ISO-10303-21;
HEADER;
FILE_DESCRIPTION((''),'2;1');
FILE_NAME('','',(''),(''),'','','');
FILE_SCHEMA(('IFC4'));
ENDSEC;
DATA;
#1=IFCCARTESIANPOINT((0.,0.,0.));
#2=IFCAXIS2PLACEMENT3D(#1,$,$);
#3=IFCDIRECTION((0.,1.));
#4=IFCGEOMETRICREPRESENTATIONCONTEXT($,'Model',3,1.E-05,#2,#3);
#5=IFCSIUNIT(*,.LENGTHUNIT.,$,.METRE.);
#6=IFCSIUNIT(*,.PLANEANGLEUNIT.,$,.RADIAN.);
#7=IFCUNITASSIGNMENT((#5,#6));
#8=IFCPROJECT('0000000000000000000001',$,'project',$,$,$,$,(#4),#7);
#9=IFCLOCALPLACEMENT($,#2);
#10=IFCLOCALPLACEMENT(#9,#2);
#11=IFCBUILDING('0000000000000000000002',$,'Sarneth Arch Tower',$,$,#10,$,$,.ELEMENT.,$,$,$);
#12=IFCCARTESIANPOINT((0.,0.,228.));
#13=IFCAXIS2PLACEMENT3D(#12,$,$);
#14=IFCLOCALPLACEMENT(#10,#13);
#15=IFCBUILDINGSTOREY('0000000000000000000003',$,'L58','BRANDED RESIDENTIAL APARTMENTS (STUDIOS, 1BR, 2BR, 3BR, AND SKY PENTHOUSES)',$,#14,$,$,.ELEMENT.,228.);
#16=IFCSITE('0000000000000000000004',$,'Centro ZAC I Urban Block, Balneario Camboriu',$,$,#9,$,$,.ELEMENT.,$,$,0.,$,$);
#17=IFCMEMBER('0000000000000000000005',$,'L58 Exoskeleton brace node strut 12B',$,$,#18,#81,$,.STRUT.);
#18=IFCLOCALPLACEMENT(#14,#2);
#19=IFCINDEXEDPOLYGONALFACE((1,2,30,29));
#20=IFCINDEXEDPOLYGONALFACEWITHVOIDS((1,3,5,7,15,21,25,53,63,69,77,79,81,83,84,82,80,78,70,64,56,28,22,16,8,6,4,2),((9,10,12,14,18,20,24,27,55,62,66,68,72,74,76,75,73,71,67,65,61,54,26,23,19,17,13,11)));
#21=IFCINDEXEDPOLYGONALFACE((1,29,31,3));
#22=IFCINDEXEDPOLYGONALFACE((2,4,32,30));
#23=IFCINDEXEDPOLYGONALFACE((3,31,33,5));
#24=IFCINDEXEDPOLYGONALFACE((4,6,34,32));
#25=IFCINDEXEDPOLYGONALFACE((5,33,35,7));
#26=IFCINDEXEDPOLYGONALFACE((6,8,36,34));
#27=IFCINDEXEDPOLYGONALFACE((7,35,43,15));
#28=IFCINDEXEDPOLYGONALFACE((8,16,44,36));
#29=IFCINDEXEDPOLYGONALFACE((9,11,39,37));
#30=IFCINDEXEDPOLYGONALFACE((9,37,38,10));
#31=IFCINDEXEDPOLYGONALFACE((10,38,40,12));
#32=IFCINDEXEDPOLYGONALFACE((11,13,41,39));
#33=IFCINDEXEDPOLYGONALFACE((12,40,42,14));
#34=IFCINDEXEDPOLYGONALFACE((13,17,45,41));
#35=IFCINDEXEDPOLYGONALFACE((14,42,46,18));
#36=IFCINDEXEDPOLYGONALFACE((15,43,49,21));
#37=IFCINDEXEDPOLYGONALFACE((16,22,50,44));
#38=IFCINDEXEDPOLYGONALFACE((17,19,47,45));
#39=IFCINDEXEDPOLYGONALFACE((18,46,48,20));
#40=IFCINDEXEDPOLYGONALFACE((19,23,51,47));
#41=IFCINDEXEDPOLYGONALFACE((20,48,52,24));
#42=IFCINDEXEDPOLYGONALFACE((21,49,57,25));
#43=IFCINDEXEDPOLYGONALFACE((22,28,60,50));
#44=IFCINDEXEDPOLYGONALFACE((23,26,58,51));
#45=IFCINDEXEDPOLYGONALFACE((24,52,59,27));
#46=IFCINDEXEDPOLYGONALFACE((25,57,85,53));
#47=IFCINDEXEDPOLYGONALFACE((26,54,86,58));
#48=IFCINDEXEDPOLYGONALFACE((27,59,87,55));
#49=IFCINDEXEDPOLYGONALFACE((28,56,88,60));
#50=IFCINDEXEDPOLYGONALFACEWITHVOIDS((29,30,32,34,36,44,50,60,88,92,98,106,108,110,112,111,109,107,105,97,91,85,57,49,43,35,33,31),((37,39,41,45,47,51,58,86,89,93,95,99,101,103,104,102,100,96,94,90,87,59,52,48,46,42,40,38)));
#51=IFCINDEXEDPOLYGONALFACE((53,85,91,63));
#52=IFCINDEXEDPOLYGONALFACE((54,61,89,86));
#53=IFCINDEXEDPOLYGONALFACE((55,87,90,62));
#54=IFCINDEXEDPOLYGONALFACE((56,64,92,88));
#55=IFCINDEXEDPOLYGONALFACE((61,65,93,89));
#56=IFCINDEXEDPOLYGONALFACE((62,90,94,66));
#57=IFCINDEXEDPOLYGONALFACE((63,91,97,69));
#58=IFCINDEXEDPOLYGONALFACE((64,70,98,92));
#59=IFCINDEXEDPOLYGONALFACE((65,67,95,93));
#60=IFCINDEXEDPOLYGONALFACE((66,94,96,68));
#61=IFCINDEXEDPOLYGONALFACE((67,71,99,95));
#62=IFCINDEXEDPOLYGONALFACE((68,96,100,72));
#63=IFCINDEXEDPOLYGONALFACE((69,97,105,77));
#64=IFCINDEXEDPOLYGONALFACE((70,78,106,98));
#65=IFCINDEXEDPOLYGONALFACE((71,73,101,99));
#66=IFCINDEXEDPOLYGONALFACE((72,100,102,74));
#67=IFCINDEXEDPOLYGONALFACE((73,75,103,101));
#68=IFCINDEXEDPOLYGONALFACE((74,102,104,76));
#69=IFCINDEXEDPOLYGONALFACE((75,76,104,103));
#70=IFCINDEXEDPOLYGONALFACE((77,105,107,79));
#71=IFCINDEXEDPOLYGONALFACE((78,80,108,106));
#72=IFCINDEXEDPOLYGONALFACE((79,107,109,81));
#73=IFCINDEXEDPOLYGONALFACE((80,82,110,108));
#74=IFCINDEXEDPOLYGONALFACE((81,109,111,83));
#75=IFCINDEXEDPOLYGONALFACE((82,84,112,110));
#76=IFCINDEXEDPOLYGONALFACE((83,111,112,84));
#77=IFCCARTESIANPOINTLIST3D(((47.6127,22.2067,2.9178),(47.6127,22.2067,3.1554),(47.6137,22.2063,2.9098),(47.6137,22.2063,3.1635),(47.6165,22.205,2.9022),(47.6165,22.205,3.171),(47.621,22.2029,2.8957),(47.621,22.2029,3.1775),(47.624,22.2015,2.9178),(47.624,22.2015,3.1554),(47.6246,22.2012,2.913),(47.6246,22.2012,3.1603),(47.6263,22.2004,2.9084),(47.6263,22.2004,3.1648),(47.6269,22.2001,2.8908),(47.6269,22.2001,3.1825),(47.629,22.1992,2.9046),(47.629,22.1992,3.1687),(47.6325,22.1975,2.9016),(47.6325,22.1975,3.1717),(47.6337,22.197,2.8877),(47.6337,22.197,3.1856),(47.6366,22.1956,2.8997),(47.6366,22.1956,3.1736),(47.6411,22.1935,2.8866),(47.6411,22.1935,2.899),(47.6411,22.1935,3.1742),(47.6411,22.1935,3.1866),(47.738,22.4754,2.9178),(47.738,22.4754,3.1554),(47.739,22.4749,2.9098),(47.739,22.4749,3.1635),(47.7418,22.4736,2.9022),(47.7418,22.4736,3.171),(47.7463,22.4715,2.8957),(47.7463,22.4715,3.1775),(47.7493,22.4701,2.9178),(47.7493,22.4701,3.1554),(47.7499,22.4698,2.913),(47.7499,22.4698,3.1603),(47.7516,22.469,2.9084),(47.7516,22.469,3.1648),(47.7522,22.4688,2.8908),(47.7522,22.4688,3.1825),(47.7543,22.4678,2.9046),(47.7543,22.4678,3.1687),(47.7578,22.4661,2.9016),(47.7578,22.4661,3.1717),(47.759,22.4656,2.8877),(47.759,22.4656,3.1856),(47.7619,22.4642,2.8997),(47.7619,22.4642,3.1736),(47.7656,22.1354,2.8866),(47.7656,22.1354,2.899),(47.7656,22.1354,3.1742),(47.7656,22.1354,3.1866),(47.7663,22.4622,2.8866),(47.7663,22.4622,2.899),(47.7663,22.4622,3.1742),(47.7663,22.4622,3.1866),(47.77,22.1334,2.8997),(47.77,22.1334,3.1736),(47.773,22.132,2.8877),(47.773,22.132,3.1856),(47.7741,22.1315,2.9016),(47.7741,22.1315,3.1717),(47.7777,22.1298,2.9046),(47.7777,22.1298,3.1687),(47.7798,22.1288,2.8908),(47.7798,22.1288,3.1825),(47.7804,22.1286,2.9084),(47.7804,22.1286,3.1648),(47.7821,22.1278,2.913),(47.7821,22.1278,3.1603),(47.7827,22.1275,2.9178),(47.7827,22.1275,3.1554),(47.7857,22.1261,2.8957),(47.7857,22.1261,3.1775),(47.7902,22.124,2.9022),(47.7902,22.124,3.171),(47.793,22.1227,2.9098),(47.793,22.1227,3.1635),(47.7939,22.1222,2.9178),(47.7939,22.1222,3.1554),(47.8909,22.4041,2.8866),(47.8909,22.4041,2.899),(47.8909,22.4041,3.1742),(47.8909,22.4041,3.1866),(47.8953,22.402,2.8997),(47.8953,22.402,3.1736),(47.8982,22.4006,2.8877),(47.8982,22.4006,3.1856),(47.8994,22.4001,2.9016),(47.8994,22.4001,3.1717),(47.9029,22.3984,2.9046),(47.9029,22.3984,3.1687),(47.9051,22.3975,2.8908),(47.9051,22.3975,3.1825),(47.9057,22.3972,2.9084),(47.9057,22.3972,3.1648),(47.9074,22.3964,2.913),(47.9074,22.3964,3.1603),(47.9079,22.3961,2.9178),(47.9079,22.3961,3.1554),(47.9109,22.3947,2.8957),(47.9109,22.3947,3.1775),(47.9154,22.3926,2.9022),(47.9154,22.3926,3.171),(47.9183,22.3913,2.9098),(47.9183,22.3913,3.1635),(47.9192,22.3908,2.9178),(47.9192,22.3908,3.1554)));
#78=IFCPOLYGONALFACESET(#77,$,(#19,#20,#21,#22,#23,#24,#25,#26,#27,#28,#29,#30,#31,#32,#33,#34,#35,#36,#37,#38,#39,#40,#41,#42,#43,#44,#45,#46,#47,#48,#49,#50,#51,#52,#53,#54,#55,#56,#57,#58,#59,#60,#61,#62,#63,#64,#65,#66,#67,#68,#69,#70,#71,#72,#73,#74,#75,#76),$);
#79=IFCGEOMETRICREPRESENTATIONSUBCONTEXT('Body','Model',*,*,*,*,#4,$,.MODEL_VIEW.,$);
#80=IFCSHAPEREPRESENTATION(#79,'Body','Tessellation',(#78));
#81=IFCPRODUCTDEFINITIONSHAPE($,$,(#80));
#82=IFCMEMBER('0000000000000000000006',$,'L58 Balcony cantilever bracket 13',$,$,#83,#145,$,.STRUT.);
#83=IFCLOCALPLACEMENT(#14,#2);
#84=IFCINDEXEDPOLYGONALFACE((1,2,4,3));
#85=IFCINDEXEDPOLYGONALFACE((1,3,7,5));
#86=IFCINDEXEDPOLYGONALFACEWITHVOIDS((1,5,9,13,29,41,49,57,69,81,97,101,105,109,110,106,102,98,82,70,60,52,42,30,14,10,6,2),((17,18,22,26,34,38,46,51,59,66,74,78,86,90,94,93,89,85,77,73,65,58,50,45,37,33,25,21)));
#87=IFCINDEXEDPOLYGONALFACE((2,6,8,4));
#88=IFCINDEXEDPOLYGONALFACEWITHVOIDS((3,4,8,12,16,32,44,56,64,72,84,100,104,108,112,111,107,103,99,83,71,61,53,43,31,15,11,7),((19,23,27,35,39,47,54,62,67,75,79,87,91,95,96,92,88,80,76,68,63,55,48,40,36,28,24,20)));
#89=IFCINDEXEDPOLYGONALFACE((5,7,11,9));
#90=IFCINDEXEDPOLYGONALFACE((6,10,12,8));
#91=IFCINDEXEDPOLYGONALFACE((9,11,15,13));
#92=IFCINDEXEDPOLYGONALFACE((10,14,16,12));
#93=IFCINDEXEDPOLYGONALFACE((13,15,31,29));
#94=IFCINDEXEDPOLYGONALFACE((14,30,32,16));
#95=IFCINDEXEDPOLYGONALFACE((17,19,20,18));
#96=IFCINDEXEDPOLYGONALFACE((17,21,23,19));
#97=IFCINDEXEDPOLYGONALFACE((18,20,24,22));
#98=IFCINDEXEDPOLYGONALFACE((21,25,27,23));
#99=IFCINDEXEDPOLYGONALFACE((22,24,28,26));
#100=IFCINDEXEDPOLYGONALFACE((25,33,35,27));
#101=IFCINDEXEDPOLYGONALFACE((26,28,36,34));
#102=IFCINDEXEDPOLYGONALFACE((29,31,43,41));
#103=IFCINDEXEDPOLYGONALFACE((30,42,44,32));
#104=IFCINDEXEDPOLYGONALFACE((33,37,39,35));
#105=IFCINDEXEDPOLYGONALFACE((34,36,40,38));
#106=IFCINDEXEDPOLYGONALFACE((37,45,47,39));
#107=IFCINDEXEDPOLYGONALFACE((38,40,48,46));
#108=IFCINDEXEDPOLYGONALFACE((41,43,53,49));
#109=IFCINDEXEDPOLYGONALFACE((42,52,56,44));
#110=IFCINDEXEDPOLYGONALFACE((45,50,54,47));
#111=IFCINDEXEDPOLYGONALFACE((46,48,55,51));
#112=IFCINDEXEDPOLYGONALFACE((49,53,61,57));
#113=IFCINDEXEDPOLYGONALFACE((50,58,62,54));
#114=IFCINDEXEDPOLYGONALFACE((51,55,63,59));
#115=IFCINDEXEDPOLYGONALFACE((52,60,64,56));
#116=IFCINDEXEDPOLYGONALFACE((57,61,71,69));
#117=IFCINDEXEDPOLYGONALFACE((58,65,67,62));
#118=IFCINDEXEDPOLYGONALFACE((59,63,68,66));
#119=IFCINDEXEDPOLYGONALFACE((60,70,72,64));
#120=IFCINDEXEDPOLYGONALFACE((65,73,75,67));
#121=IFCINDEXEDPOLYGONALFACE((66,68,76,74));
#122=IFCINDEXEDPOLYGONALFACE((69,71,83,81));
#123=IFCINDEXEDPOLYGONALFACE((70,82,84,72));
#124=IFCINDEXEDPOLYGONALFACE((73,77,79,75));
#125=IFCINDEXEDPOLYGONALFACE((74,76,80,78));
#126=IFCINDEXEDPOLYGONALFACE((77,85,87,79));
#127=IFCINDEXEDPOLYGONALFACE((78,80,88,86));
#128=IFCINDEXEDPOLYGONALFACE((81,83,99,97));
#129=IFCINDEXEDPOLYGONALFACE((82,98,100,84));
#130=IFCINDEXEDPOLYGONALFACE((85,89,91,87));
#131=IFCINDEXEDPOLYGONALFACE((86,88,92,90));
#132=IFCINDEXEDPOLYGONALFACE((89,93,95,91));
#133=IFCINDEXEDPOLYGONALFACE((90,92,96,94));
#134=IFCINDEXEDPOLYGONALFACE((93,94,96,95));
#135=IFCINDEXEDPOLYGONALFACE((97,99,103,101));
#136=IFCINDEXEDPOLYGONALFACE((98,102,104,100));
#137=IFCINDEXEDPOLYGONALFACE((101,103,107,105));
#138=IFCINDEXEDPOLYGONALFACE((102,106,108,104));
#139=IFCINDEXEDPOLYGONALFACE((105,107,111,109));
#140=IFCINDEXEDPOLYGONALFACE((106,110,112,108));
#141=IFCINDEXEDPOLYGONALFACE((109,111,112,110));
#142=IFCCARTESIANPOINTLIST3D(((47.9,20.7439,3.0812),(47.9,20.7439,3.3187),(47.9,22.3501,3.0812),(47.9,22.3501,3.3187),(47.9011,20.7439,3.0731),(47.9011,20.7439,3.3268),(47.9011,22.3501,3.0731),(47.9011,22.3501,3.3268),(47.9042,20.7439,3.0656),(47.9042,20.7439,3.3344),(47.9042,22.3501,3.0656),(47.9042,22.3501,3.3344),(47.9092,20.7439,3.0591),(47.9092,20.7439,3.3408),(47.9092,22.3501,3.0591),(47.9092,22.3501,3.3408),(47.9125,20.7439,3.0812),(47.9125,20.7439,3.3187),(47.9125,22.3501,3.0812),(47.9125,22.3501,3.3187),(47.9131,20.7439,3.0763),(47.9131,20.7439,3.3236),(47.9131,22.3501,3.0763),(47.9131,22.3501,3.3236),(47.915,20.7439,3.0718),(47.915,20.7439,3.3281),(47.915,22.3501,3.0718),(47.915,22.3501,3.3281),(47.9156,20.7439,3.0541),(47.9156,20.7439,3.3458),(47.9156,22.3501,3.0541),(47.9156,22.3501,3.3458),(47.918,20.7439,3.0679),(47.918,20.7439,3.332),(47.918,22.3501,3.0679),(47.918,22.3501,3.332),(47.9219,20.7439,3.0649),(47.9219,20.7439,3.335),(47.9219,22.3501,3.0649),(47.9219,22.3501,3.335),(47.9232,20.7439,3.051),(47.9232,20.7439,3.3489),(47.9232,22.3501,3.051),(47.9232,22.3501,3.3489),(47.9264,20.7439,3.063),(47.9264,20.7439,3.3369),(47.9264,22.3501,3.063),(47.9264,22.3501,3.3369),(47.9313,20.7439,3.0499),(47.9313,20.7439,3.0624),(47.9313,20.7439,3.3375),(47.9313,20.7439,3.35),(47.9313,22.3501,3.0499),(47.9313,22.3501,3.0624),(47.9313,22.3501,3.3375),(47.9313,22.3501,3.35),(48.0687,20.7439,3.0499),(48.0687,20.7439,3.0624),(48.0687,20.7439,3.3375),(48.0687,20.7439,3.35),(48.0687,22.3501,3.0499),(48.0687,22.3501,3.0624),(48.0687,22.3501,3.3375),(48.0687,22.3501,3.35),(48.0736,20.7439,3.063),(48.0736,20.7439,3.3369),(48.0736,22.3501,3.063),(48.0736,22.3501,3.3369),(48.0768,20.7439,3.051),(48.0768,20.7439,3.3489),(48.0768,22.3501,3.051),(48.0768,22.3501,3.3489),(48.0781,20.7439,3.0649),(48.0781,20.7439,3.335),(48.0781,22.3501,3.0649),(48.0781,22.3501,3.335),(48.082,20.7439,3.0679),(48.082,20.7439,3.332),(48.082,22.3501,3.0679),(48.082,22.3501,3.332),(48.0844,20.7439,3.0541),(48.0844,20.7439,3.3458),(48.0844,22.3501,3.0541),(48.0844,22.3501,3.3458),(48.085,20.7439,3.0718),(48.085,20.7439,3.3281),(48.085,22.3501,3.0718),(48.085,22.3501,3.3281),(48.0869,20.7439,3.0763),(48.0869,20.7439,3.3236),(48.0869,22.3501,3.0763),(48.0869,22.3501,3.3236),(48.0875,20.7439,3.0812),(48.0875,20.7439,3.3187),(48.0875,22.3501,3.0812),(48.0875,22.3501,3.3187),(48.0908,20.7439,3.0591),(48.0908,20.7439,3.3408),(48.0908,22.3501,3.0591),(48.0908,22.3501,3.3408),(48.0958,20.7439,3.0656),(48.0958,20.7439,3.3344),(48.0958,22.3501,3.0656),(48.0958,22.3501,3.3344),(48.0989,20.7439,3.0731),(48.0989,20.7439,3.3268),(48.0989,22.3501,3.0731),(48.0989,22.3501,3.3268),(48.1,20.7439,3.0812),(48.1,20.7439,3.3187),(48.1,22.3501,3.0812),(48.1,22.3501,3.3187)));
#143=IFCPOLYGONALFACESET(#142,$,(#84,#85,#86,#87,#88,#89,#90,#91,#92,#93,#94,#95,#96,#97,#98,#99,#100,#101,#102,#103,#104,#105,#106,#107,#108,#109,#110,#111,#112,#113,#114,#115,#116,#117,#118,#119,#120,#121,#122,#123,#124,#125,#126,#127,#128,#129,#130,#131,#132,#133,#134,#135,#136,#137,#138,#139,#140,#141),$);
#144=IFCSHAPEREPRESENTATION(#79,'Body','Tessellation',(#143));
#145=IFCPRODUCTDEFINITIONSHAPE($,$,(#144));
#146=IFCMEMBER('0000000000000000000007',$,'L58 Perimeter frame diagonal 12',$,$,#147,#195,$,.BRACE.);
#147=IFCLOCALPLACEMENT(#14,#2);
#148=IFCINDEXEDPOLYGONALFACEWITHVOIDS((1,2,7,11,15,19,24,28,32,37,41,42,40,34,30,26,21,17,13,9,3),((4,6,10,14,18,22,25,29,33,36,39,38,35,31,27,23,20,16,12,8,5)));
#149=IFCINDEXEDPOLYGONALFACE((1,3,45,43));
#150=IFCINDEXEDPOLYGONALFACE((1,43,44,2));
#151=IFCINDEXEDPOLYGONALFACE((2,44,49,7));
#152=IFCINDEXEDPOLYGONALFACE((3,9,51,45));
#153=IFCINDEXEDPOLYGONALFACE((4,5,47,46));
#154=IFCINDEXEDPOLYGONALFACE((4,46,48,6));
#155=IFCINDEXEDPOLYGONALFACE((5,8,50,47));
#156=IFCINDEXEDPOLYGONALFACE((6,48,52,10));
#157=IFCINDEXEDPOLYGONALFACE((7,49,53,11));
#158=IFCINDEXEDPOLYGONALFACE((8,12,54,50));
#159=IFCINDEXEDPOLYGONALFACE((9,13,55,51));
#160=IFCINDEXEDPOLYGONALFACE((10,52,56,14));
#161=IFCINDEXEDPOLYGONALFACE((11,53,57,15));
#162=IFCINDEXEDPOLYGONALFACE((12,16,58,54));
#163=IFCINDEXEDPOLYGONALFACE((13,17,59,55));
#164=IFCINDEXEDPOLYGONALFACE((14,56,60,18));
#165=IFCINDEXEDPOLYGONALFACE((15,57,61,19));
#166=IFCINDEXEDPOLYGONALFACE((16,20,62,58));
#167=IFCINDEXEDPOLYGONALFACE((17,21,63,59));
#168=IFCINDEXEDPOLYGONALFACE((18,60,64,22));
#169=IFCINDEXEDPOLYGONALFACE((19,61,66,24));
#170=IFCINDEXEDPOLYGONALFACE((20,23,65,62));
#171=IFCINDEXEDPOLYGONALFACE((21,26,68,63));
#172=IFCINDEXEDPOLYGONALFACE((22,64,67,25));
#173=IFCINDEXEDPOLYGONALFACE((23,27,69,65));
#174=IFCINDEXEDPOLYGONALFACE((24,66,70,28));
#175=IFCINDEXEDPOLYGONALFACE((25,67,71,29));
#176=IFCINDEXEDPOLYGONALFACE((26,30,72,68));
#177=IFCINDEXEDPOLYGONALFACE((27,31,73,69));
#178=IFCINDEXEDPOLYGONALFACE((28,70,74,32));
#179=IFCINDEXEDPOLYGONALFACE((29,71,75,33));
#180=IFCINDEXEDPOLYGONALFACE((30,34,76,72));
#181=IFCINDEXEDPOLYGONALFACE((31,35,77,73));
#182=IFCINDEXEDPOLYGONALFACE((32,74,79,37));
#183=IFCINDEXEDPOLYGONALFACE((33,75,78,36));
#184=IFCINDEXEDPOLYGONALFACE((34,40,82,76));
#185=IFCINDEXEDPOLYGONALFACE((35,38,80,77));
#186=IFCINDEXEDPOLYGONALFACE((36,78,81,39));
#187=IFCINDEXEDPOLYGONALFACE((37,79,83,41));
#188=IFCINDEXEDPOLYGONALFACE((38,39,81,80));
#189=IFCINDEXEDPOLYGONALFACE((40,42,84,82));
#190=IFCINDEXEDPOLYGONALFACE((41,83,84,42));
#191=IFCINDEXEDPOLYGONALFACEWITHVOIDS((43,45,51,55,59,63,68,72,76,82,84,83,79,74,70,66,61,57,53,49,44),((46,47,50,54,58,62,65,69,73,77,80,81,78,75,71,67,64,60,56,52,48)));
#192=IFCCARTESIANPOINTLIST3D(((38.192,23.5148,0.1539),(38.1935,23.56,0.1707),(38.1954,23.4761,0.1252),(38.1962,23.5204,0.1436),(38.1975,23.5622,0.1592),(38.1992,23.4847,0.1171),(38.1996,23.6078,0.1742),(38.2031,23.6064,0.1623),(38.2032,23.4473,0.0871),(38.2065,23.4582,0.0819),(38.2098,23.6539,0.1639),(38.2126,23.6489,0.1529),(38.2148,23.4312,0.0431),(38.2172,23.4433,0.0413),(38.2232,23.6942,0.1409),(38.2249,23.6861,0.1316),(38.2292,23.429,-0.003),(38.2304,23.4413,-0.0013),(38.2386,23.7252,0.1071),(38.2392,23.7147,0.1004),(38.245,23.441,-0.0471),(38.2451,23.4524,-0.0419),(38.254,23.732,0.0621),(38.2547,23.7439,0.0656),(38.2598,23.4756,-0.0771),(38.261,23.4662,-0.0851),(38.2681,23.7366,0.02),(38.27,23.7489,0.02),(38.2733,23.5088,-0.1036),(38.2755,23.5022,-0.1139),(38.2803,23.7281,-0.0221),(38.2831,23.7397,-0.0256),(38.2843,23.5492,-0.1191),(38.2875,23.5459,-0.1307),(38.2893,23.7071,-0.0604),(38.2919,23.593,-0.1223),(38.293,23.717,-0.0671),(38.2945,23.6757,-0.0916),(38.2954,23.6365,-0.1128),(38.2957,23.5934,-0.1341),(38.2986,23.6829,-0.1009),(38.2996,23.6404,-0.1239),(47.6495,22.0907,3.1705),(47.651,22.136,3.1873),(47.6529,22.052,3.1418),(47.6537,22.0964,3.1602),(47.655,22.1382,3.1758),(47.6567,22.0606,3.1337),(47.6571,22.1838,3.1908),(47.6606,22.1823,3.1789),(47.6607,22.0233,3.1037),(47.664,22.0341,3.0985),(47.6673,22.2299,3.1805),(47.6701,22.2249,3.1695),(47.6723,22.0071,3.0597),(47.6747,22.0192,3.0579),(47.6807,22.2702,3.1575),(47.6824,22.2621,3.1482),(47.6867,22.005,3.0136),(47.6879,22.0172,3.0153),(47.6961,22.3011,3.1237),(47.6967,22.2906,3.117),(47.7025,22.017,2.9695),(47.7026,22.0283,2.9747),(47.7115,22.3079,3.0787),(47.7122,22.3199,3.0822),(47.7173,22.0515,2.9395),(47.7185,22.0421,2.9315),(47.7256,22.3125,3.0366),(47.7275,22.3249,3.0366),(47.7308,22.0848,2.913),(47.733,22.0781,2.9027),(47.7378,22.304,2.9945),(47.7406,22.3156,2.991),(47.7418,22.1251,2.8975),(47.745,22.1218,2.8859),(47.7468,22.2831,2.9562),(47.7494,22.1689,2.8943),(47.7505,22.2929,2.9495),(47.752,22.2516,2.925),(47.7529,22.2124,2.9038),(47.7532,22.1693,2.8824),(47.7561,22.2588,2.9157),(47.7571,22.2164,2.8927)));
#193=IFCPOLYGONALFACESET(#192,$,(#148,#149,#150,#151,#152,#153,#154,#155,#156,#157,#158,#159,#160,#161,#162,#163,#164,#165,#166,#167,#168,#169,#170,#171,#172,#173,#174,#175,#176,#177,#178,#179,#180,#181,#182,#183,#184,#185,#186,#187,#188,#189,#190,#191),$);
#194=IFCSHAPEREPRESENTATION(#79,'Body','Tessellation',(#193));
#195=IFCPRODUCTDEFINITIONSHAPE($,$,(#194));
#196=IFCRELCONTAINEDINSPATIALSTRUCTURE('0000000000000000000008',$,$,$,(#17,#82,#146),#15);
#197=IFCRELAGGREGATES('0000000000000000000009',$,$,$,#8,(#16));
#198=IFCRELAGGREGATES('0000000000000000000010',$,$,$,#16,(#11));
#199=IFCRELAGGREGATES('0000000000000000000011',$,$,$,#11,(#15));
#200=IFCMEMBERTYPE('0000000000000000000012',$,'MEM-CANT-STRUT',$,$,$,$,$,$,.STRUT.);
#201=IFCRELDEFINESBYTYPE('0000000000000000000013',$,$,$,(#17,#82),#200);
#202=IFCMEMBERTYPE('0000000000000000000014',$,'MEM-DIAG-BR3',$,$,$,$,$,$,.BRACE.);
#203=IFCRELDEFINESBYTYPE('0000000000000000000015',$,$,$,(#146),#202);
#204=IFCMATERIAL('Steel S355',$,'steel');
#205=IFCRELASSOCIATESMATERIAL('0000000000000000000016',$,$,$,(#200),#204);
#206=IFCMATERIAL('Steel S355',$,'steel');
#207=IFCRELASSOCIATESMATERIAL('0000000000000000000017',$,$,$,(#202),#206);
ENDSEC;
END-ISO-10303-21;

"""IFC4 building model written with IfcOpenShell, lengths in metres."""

from ifc_helpers import new_model, si_unit, direction, frame, origin, origin_2d, place, context, subcontext, project, spatial, hollow_rectangle, hollow_circle, extrude, material, material_profile, profile_set, type_object, element, save


model = new_model("IFC4")

# Units and contexts
model_context = context("Model", 3, precision=1e-05, world=origin(), true_north=direction((0.0, 1.0)))
body_context = subcontext(model_context, "Body", "Model", "MODEL_VIEW")
ifc_project = project(units=[si_unit("LENGTHUNIT", "METRE"), si_unit("PLANEANGLEUNIT", "RADIAN")], contexts=[model_context])

# Site, building, storey
site_placement = place(None, origin())
site = spatial("IfcSite", under=ifc_project, at=site_placement, Name="Centro ZAC I Urban Block, Balneario Camboriu", CompositionType="ELEMENT", RefElevation=0.0)
building_placement = place(site_placement, origin())
building = spatial("IfcBuilding", under=site, at=building_placement, Name="Sarneth Arch Tower", CompositionType="ELEMENT")
storey_placement = place(building_placement, frame((0.0, 0.0, 228.0)))
storey = spatial("IfcBuildingStorey", under=building, at=storey_placement, Name="L58", Description="BRANDED RESIDENTIAL APARTMENTS (STUDIOS, 1BR, 2BR, 3BR, AND SKY PENTHOUSES)", CompositionType="ELEMENT", Elevation=228.0)

# Members
ifc_material_1 = material(Name="Steel S355", Category="steel")
ifc_material_profile_1 = material_profile(ifc_material_1, hollow_rectangle(XDim=0.2, YDim=0.3, WallThickness=0.0125, InnerFilletRadius=0.0188, OuterFilletRadius=0.0312, at=origin_2d()), Name="RHS300x200x12.5")
ifc_profile_set_1 = profile_set([ifc_material_profile_1], Name="Steel S355")
member_type_1 = type_object("IfcMemberType", Name="MEM-CANT-STRUT", PredefinedType="STRUT", material=ifc_profile_set_1)
member_1_placement = place(storey_placement, frame((47.8286, 22.4331, 3.0366), z_axis=(-0.42266, -0.906288, 0.0), x_axis=(0.906288, -0.42266, 0.0)))
element("IfcMember", 1, at=member_1_placement, inside=storey, type_object=member_type_1, Name="L58 Exoskeleton brace node strut 12B", PredefinedType="STRUT", context=body_context, shape_type="SweptSolid", body=[
    extrude(hollow_rectangle(XDim=0.2, YDim=0.3, WallThickness=0.0125, InnerFilletRadius=0.0188, OuterFilletRadius=0.0312, at=origin_2d()), origin(), (0.0, 0.0, 1.0), 0.2964),
])
member_2_placement = place(storey_placement, frame((48.0, 22.3501, 3.2), z_axis=(0.0, -1.0, 0.0), x_axis=(1.0, 0.0, 0.0)))
element("IfcMember", 2, at=member_2_placement, inside=storey, type_object=member_type_1, Name="L58 Balcony cantilever bracket 13", PredefinedType="STRUT", context=body_context, shape_type="SweptSolid", body=[
    extrude(hollow_rectangle(XDim=0.2, YDim=0.3, WallThickness=0.0125, InnerFilletRadius=0.0188, OuterFilletRadius=0.0312, at=origin_2d()), origin(), (0.0, 0.0, 1.0), 1.6062),
])
ifc_material_2 = material(Name="Steel S355", Category="steel")
ifc_material_profile_2 = material_profile(ifc_material_2, hollow_circle(Radius=0.1621, WallThickness=0.0125, at=origin_2d()), Name="CHS324x12.5")
ifc_profile_set_2 = profile_set([ifc_material_profile_2], Name="Steel S355")
member_type_2 = type_object("IfcMemberType", Name="MEM-DIAG-BR3", PredefinedType="BRACE", material=ifc_profile_set_2)
member_3_placement = place(storey_placement, frame((38.2458, 23.5886, 0.02), z_axis=(0.943056, -0.142001, 0.3008), x_axis=(0.148897, 0.988853, 0.0)))
element("IfcMember", 3, at=member_3_placement, inside=storey, type_object=member_type_2, Name="L58 Perimeter frame diagonal 12", PredefinedType="BRACE", context=body_context, shape_type="SweptSolid", body=[
    extrude(hollow_circle(Radius=0.1621, WallThickness=0.0125, at=origin_2d()), origin(), (0.0, 0.0, 1.0), 10.0286),
])

save(model, "model.ifc")
